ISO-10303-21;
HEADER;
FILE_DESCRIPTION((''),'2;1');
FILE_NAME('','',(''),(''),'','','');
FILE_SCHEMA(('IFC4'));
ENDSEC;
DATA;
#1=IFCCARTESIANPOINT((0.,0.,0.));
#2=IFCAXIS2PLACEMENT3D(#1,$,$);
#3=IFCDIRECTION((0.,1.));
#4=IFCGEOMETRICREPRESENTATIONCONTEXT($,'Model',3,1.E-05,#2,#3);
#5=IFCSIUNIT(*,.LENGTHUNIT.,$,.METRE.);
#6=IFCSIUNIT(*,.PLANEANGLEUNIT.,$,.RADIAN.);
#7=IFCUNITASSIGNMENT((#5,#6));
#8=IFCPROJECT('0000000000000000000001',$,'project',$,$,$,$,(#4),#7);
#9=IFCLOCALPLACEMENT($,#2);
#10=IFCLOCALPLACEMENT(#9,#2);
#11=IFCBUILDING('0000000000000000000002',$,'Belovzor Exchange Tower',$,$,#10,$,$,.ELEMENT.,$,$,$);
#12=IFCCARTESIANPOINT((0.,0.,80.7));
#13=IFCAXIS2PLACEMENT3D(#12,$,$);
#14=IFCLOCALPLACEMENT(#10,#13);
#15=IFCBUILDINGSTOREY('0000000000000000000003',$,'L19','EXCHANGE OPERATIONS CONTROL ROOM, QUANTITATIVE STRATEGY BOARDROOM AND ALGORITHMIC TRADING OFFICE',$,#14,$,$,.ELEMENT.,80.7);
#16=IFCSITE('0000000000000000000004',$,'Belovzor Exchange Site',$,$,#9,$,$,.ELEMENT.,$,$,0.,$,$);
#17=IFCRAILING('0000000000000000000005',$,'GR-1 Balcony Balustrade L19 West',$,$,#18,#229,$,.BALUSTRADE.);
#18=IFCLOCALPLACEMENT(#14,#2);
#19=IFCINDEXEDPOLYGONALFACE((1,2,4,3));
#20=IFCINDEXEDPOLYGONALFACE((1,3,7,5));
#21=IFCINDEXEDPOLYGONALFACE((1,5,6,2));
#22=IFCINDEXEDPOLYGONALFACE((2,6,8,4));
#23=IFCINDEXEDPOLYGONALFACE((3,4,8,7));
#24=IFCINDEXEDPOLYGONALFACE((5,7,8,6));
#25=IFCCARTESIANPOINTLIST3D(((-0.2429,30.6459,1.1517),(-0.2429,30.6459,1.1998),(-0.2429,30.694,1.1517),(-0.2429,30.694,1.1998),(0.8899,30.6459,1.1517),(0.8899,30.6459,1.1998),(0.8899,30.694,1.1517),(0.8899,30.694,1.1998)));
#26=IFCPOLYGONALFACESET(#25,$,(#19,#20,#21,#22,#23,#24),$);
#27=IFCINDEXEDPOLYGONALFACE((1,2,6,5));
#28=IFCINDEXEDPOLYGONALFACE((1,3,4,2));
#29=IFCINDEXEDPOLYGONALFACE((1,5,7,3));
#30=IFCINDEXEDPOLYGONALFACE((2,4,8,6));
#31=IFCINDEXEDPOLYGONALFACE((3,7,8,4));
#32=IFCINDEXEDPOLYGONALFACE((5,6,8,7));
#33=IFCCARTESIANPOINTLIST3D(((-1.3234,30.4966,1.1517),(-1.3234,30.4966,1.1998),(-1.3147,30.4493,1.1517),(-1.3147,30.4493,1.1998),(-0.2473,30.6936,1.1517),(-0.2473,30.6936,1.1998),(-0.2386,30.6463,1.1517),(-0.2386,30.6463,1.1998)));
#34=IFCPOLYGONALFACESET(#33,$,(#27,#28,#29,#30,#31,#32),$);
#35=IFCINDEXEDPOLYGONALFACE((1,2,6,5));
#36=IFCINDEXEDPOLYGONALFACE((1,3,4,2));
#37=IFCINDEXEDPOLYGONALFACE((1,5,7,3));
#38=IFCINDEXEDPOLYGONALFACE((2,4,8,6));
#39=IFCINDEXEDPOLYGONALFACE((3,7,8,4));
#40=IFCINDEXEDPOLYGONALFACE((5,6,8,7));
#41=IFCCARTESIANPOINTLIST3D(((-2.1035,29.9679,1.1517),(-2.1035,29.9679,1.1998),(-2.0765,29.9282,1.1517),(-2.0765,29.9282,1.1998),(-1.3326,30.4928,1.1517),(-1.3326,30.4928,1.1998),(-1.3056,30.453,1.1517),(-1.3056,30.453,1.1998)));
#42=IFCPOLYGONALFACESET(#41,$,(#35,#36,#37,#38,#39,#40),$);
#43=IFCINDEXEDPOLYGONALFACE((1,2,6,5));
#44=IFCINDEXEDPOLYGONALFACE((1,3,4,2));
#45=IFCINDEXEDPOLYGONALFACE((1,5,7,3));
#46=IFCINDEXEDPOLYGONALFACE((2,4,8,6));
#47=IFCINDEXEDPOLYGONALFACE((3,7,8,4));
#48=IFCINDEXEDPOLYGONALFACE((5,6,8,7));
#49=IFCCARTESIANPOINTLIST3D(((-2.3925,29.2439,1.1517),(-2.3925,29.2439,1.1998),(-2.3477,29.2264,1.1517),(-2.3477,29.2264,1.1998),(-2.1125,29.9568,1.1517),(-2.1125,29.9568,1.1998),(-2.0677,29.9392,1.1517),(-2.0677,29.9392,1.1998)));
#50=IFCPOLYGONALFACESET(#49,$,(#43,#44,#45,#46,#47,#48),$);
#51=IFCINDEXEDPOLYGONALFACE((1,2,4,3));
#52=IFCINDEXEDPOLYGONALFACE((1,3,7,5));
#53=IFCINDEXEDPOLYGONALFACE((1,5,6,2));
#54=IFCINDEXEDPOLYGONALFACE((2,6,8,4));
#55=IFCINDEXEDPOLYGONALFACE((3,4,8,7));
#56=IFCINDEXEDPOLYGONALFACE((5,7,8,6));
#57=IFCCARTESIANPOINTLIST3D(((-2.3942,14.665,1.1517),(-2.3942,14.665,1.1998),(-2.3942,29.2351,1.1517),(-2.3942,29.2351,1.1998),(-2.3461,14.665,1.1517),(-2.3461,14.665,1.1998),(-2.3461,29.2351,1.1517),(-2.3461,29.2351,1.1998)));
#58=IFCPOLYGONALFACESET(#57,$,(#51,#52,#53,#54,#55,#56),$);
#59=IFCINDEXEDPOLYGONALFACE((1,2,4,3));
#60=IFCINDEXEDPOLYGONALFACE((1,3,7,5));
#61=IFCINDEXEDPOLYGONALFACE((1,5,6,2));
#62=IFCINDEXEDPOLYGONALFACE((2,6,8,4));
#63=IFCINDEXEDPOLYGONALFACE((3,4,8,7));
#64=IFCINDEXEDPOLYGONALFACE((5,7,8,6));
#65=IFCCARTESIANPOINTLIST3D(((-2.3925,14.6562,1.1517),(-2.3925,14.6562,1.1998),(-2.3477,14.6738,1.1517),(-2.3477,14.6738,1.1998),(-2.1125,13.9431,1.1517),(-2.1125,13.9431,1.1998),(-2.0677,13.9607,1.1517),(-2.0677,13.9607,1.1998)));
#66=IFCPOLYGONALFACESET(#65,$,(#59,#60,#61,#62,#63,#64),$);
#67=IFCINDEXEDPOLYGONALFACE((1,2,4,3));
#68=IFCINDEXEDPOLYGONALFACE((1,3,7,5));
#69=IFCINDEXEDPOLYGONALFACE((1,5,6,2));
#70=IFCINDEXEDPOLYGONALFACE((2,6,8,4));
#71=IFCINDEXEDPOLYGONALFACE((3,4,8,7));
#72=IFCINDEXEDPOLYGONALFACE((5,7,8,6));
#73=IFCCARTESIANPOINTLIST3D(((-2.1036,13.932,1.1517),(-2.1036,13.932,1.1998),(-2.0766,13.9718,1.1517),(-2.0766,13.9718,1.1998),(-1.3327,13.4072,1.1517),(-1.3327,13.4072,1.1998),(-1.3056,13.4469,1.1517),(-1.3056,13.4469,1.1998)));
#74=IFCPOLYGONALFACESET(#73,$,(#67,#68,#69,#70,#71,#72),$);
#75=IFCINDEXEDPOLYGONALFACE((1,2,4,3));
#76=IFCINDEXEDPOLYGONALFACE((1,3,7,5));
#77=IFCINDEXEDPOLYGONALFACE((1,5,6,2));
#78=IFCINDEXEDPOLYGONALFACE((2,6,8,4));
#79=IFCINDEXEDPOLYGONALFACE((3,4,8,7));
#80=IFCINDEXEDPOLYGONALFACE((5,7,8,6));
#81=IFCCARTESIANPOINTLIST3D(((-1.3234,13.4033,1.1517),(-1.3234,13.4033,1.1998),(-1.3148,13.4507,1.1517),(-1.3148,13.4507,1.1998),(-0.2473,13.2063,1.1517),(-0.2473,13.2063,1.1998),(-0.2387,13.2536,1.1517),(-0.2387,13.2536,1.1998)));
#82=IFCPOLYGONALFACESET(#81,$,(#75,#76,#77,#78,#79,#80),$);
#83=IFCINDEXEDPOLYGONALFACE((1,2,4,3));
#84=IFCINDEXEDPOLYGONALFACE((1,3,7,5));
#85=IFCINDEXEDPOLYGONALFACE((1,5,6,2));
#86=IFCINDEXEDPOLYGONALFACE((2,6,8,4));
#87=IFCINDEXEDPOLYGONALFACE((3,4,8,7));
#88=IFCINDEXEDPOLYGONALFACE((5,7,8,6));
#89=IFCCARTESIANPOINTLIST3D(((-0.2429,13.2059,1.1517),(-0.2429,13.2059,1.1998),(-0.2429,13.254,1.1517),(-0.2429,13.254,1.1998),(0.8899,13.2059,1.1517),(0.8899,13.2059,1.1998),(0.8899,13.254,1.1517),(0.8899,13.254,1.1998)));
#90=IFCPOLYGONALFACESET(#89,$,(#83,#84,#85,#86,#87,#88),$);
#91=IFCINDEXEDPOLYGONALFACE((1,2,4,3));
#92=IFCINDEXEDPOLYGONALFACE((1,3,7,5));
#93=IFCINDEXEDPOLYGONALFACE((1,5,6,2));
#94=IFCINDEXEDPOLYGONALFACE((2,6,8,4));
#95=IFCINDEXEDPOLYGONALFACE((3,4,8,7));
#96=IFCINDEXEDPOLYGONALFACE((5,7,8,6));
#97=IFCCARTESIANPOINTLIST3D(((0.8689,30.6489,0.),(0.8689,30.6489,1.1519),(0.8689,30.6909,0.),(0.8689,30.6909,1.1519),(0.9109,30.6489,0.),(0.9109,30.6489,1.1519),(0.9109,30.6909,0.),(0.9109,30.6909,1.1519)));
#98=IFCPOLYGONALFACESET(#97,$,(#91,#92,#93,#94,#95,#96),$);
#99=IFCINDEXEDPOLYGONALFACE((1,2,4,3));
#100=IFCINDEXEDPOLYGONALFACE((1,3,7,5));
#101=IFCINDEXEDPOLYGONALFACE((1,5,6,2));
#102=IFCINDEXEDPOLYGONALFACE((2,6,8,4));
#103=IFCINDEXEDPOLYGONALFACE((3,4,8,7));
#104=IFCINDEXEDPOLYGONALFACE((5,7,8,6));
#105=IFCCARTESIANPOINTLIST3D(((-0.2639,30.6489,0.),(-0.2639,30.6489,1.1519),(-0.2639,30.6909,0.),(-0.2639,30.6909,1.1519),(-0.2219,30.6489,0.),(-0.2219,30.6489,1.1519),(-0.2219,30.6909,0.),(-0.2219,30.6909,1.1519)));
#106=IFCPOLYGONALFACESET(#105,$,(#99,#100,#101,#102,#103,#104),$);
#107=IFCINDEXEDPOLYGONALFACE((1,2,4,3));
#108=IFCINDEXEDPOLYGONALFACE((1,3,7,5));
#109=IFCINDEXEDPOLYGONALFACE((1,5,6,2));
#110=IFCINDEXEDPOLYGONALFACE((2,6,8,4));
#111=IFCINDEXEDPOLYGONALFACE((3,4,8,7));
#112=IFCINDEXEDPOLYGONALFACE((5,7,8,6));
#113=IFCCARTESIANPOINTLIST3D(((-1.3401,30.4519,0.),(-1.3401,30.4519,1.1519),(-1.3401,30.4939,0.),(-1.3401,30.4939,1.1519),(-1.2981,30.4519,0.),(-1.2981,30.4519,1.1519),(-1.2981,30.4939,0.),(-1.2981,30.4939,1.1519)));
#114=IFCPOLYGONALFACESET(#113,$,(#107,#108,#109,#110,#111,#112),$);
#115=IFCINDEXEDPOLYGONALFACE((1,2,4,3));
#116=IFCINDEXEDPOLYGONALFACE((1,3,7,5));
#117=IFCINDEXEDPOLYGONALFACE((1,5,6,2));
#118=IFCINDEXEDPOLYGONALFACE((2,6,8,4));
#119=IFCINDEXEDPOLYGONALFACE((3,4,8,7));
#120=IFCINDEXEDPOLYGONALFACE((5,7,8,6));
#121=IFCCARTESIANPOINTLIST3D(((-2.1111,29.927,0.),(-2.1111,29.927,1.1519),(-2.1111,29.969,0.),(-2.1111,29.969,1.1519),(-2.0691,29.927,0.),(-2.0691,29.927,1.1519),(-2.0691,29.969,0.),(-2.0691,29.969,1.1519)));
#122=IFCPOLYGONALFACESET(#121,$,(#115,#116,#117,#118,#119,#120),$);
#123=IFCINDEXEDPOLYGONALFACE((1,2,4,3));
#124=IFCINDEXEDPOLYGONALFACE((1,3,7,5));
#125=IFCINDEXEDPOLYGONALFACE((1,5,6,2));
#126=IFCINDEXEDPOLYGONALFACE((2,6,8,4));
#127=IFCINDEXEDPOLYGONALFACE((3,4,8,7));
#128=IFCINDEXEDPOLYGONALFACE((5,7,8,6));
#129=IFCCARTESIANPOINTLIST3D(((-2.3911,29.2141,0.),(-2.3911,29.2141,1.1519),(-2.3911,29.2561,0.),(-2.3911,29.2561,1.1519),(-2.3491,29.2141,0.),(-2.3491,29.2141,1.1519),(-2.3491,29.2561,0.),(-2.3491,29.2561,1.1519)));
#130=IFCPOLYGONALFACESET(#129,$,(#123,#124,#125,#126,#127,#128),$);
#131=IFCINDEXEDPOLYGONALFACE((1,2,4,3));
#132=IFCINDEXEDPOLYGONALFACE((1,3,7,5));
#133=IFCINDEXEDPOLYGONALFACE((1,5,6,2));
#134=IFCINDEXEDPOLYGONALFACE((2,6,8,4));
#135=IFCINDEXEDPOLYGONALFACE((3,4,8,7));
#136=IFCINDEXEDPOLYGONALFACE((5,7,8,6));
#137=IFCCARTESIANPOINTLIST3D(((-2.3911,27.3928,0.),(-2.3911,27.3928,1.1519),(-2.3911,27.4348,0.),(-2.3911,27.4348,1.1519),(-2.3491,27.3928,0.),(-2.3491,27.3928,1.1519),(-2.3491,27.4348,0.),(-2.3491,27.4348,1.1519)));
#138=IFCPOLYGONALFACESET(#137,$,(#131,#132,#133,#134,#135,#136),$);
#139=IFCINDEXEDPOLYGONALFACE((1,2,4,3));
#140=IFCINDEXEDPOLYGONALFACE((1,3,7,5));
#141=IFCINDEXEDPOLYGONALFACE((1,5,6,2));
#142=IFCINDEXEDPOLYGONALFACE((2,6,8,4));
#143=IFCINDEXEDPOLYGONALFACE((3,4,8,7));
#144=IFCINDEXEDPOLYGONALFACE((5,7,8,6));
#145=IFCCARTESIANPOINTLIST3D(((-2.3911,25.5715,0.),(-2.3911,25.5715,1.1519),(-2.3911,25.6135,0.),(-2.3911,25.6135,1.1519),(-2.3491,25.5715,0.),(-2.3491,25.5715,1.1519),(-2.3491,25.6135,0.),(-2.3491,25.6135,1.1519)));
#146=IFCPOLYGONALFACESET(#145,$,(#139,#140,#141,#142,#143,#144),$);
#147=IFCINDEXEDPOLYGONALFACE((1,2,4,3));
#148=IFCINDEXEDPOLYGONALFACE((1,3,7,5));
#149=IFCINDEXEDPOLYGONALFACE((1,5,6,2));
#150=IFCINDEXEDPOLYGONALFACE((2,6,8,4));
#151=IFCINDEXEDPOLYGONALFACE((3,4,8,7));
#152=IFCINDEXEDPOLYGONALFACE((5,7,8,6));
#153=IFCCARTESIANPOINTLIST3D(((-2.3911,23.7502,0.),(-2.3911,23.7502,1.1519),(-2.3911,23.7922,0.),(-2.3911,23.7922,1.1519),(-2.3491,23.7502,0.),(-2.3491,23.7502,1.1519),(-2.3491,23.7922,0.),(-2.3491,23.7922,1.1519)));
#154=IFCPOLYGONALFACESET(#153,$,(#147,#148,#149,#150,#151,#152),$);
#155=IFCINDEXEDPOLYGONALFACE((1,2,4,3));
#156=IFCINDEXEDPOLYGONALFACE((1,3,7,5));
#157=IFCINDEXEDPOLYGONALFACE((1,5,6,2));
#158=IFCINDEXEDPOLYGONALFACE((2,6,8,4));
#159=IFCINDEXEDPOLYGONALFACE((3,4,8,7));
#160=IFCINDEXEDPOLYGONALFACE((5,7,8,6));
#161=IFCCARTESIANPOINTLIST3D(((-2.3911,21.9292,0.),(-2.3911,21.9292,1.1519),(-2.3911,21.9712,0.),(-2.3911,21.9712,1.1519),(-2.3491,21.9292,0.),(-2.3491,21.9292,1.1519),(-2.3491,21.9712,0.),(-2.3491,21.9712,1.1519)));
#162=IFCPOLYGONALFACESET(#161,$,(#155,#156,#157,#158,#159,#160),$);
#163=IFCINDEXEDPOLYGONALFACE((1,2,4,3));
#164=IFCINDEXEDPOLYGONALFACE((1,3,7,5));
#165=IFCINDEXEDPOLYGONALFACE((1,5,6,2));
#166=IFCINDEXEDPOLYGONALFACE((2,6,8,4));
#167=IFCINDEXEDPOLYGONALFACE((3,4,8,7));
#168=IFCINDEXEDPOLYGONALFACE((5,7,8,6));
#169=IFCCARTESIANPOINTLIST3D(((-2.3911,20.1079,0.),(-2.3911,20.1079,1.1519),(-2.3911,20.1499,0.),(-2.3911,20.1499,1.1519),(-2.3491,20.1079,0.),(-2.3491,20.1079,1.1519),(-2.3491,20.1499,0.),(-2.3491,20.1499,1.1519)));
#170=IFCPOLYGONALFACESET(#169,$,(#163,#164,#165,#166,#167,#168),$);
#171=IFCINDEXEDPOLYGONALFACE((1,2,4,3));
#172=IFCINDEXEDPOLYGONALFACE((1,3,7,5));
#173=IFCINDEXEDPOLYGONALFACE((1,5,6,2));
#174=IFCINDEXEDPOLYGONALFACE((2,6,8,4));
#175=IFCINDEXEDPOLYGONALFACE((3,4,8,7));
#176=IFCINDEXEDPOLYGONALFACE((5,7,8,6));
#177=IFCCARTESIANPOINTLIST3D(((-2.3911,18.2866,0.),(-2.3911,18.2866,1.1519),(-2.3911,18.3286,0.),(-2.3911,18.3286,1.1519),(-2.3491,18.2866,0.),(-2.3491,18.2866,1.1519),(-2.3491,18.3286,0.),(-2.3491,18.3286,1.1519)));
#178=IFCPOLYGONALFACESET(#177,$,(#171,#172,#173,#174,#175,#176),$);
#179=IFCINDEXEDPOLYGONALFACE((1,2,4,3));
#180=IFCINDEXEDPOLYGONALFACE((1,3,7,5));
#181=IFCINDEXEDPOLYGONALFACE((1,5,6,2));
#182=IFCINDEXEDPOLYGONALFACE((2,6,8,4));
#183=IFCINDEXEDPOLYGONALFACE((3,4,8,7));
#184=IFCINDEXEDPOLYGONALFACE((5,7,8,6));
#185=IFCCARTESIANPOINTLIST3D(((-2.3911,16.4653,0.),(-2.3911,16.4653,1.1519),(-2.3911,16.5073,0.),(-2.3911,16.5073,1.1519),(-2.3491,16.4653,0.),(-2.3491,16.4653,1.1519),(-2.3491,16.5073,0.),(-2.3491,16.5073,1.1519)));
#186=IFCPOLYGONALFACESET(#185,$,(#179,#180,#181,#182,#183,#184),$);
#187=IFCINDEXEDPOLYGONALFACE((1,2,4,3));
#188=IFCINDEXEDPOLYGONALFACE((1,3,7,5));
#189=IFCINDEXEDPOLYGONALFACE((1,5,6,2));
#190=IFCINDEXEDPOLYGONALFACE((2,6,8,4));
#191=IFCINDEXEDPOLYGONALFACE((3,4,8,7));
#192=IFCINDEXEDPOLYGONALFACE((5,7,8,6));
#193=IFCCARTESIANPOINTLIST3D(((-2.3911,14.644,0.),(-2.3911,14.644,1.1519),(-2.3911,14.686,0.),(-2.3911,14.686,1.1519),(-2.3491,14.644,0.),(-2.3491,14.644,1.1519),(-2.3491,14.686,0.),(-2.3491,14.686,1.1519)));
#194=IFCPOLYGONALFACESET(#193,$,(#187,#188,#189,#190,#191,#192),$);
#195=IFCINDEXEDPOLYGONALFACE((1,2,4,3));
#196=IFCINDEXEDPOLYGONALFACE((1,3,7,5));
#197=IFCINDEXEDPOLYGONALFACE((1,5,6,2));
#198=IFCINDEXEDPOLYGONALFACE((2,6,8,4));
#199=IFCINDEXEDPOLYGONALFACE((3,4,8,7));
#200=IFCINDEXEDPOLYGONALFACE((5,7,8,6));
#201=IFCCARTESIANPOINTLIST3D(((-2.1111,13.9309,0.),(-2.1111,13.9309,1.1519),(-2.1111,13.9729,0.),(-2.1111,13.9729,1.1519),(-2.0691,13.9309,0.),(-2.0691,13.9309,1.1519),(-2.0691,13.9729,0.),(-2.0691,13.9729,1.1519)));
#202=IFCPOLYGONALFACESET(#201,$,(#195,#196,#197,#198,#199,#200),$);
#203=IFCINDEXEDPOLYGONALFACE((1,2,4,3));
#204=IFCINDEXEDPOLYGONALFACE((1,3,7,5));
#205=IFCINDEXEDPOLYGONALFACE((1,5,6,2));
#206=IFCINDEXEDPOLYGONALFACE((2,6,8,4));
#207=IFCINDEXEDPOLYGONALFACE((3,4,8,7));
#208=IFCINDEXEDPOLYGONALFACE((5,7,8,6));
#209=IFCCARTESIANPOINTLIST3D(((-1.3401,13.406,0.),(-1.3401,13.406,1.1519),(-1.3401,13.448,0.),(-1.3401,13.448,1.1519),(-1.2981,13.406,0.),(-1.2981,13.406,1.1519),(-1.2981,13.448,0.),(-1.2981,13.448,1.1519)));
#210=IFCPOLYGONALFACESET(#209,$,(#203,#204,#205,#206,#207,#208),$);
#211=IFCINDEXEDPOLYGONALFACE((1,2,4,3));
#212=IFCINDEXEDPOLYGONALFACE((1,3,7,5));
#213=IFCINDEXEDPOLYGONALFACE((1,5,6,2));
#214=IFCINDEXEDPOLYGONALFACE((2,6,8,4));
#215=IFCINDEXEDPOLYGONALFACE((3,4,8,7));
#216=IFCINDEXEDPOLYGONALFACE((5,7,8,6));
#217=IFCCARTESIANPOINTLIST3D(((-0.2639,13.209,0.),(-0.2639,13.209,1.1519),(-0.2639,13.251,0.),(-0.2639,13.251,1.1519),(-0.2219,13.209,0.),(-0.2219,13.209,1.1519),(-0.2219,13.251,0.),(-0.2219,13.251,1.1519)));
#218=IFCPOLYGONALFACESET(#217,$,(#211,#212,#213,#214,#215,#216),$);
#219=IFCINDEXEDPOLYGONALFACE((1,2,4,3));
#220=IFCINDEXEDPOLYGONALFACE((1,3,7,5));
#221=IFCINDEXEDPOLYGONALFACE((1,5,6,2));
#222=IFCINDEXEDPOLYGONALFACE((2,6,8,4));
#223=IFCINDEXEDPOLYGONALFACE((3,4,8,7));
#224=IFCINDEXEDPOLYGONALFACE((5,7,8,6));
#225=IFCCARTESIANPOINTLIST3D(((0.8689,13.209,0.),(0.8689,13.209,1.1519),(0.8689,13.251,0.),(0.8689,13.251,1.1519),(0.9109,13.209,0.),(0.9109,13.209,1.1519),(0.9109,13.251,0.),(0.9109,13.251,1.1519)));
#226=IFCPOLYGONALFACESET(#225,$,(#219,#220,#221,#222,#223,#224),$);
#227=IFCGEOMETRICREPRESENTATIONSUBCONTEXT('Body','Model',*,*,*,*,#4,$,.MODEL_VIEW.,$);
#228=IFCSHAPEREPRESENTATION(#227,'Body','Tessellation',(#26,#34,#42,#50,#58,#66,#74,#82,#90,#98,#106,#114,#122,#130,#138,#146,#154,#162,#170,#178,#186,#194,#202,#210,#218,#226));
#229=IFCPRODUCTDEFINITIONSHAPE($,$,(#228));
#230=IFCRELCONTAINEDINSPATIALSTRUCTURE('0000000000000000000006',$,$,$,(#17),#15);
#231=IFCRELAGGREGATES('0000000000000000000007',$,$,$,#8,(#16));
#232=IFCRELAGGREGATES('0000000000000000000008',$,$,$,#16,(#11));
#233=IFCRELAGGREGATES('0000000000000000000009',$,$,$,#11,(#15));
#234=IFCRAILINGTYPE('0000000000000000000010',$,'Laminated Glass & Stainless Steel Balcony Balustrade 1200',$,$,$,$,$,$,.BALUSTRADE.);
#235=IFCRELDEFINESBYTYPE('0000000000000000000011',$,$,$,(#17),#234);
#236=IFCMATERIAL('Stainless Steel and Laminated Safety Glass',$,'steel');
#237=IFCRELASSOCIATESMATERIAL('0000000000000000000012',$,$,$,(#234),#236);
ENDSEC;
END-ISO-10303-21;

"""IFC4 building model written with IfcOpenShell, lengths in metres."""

from ifc_helpers import new_model, si_unit, direction, frame, origin, origin_2d, place, context, subcontext, project, spatial, rectangle, extrude, material, type_object, element, save


model = new_model("IFC4")

# Units and contexts
model_context = context("Model", 3, precision=1e-05, world=origin(), true_north=direction((0.0, 1.0)))
body_context = subcontext(model_context, "Body", "Model", "MODEL_VIEW")
ifc_project = project(units=[si_unit("LENGTHUNIT", "METRE"), si_unit("PLANEANGLEUNIT", "RADIAN")], contexts=[model_context])

# Site, building, storey
site_placement = place(None, origin())
site = spatial("IfcSite", under=ifc_project, at=site_placement, Name="Belovzor Exchange Site", CompositionType="ELEMENT", RefElevation=0.0)
building_placement = place(site_placement, origin())
building = spatial("IfcBuilding", under=site, at=building_placement, Name="Belovzor Exchange Tower", CompositionType="ELEMENT")
storey_placement = place(building_placement, frame((0.0, 0.0, 80.7)))
storey = spatial("IfcBuildingStorey", under=building, at=storey_placement, Name="L19", Description="EXCHANGE OPERATIONS CONTROL ROOM, QUANTITATIVE STRATEGY BOARDROOM AND ALGORITHMIC TRADING OFFICE", CompositionType="ELEMENT", Elevation=80.7)

# Railing
ifc_material_1 = material(Name="Stainless Steel and Laminated Safety Glass", Category="steel")
railing_type = type_object("IfcRailingType", Name="Laminated Glass & Stainless Steel Balcony Balustrade 1200", PredefinedType="BALUSTRADE", material=ifc_material_1)
railing_placement = place(storey_placement, frame((0.8899, 30.6699, 0.0)))
element("IfcRailing", 1, at=railing_placement, inside=storey, type_object=railing_type, Name="GR-1 Balcony Balustrade L19 West", PredefinedType="BALUSTRADE", context=body_context, shape_type="SweptSolid", body=[
    extrude(rectangle(XDim=0.0481, YDim=0.0481, at=origin_2d()), frame((0.0, 0.0, 1.1758), z_axis=(-1.0, 0.0, 0.0), x_axis=(0.0, -1.0, 0.0)), (0.0, 0.0, 1.0), 1.1328),
    extrude(rectangle(XDim=0.0481, YDim=0.0481, at=origin_2d()), frame((-1.1328, 0.0, 1.1758), z_axis=(-0.983651, -0.180083, 0.0), x_axis=(0.180083, -0.983651, 0.0)), (0.0, 0.0, 1.0), 1.094),
    extrude(rectangle(XDim=0.0481, YDim=0.0481, at=origin_2d()), frame((-2.209, -0.197, 1.1758), z_axis=(-0.826615, -0.562768, 0.0), x_axis=(0.562768, -0.826615, 0.0)), (0.0, 0.0, 1.0), 0.9326),
    extrude(rectangle(XDim=0.0481, YDim=0.0481, at=origin_2d()), frame((-2.98, -0.7219, 1.1758), z_axis=(-0.365613, -0.930767, 0.0), x_axis=(0.930767, -0.365613, 0.0)), (0.0, 0.0, 1.0), 0.7659),
    extrude(rectangle(XDim=0.0481, YDim=0.0481, at=origin_2d()), frame((-3.26, -1.4348, 1.1758), z_axis=(0.0, -1.0, 0.0), x_axis=(1.0, 0.0, 0.0)), (0.0, 0.0, 1.0), 14.5701),
    extrude(rectangle(XDim=0.0481, YDim=0.0481, at=origin_2d()), frame((-3.26, -16.0049, 1.1758), z_axis=(0.365504, -0.93081, 0.0), x_axis=(0.93081, 0.365504, 0.0)), (0.0, 0.0, 1.0), 0.7661),
    extrude(rectangle(XDim=0.0481, YDim=0.0481, at=origin_2d()), frame((-2.98, -16.718, 1.1758), z_axis=(0.826615, -0.562768, 0.0), x_axis=(0.562768, 0.826615, 0.0)), (0.0, 0.0, 1.0), 0.9326),
    extrude(rectangle(XDim=0.0481, YDim=0.0481, at=origin_2d()), frame((-2.209, -17.2429, 1.1758), z_axis=(0.983651, -0.180083, 0.0), x_axis=(0.180083, 0.983651, 0.0)), (0.0, 0.0, 1.0), 1.094),
    extrude(rectangle(XDim=0.0481, YDim=0.0481, at=origin_2d()), frame((-1.1328, -17.4399, 1.1758), z_axis=(1.0, 0.0, 0.0), x_axis=(0.0, 1.0, 0.0)), (0.0, 0.0, 1.0), 1.1328),
    extrude(rectangle(XDim=0.042, YDim=0.042, at=origin_2d()), origin(), (0.0, 0.0, 1.0), 1.1519),
    extrude(rectangle(XDim=0.042, YDim=0.042, at=origin_2d()), frame((-1.1328, 0.0, 0.0)), (0.0, 0.0, 1.0), 1.1519),
    extrude(rectangle(XDim=0.042, YDim=0.042, at=origin_2d()), frame((-2.209, -0.197, 0.0)), (0.0, 0.0, 1.0), 1.1519),
    extrude(rectangle(XDim=0.042, YDim=0.042, at=origin_2d()), frame((-2.98, -0.7219, 0.0)), (0.0, 0.0, 1.0), 1.1519),
    extrude(rectangle(XDim=0.042, YDim=0.042, at=origin_2d()), frame((-3.26, -1.4348, 0.0)), (0.0, 0.0, 1.0), 1.1519),
    extrude(rectangle(XDim=0.042, YDim=0.042, at=origin_2d()), frame((-3.26, -3.2561, 0.0)), (0.0, 0.0, 1.0), 1.1519),
    extrude(rectangle(XDim=0.042, YDim=0.042, at=origin_2d()), frame((-3.26, -5.0774, 0.0)), (0.0, 0.0, 1.0), 1.1519),
    extrude(rectangle(XDim=0.042, YDim=0.042, at=origin_2d()), frame((-3.26, -6.8987, 0.0)), (0.0, 0.0, 1.0), 1.1519),
    extrude(rectangle(XDim=0.042, YDim=0.042, at=origin_2d()), frame((-3.26, -8.7197, 0.0)), (0.0, 0.0, 1.0), 1.1519),
    extrude(rectangle(XDim=0.042, YDim=0.042, at=origin_2d()), frame((-3.26, -10.541, 0.0)), (0.0, 0.0, 1.0), 1.1519),
    extrude(rectangle(XDim=0.042, YDim=0.042, at=origin_2d()), frame((-3.26, -12.3623, 0.0)), (0.0, 0.0, 1.0), 1.1519),
    extrude(rectangle(XDim=0.042, YDim=0.042, at=origin_2d()), frame((-3.26, -14.1836, 0.0)), (0.0, 0.0, 1.0), 1.1519),
    extrude(rectangle(XDim=0.042, YDim=0.042, at=origin_2d()), frame((-3.26, -16.0049, 0.0)), (0.0, 0.0, 1.0), 1.1519),
    extrude(rectangle(XDim=0.042, YDim=0.042, at=origin_2d()), frame((-2.98, -16.718, 0.0)), (0.0, 0.0, 1.0), 1.1519),
    extrude(rectangle(XDim=0.042, YDim=0.042, at=origin_2d()), frame((-2.209, -17.2429, 0.0)), (0.0, 0.0, 1.0), 1.1519),
    extrude(rectangle(XDim=0.042, YDim=0.042, at=origin_2d()), frame((-1.1328, -17.4399, 0.0)), (0.0, 0.0, 1.0), 1.1519),
    extrude(rectangle(XDim=0.042, YDim=0.042, at=origin_2d()), frame((0.0, -17.4399, 0.0)), (0.0, 0.0, 1.0), 1.1519),
])

save(model, "model.ifc")
